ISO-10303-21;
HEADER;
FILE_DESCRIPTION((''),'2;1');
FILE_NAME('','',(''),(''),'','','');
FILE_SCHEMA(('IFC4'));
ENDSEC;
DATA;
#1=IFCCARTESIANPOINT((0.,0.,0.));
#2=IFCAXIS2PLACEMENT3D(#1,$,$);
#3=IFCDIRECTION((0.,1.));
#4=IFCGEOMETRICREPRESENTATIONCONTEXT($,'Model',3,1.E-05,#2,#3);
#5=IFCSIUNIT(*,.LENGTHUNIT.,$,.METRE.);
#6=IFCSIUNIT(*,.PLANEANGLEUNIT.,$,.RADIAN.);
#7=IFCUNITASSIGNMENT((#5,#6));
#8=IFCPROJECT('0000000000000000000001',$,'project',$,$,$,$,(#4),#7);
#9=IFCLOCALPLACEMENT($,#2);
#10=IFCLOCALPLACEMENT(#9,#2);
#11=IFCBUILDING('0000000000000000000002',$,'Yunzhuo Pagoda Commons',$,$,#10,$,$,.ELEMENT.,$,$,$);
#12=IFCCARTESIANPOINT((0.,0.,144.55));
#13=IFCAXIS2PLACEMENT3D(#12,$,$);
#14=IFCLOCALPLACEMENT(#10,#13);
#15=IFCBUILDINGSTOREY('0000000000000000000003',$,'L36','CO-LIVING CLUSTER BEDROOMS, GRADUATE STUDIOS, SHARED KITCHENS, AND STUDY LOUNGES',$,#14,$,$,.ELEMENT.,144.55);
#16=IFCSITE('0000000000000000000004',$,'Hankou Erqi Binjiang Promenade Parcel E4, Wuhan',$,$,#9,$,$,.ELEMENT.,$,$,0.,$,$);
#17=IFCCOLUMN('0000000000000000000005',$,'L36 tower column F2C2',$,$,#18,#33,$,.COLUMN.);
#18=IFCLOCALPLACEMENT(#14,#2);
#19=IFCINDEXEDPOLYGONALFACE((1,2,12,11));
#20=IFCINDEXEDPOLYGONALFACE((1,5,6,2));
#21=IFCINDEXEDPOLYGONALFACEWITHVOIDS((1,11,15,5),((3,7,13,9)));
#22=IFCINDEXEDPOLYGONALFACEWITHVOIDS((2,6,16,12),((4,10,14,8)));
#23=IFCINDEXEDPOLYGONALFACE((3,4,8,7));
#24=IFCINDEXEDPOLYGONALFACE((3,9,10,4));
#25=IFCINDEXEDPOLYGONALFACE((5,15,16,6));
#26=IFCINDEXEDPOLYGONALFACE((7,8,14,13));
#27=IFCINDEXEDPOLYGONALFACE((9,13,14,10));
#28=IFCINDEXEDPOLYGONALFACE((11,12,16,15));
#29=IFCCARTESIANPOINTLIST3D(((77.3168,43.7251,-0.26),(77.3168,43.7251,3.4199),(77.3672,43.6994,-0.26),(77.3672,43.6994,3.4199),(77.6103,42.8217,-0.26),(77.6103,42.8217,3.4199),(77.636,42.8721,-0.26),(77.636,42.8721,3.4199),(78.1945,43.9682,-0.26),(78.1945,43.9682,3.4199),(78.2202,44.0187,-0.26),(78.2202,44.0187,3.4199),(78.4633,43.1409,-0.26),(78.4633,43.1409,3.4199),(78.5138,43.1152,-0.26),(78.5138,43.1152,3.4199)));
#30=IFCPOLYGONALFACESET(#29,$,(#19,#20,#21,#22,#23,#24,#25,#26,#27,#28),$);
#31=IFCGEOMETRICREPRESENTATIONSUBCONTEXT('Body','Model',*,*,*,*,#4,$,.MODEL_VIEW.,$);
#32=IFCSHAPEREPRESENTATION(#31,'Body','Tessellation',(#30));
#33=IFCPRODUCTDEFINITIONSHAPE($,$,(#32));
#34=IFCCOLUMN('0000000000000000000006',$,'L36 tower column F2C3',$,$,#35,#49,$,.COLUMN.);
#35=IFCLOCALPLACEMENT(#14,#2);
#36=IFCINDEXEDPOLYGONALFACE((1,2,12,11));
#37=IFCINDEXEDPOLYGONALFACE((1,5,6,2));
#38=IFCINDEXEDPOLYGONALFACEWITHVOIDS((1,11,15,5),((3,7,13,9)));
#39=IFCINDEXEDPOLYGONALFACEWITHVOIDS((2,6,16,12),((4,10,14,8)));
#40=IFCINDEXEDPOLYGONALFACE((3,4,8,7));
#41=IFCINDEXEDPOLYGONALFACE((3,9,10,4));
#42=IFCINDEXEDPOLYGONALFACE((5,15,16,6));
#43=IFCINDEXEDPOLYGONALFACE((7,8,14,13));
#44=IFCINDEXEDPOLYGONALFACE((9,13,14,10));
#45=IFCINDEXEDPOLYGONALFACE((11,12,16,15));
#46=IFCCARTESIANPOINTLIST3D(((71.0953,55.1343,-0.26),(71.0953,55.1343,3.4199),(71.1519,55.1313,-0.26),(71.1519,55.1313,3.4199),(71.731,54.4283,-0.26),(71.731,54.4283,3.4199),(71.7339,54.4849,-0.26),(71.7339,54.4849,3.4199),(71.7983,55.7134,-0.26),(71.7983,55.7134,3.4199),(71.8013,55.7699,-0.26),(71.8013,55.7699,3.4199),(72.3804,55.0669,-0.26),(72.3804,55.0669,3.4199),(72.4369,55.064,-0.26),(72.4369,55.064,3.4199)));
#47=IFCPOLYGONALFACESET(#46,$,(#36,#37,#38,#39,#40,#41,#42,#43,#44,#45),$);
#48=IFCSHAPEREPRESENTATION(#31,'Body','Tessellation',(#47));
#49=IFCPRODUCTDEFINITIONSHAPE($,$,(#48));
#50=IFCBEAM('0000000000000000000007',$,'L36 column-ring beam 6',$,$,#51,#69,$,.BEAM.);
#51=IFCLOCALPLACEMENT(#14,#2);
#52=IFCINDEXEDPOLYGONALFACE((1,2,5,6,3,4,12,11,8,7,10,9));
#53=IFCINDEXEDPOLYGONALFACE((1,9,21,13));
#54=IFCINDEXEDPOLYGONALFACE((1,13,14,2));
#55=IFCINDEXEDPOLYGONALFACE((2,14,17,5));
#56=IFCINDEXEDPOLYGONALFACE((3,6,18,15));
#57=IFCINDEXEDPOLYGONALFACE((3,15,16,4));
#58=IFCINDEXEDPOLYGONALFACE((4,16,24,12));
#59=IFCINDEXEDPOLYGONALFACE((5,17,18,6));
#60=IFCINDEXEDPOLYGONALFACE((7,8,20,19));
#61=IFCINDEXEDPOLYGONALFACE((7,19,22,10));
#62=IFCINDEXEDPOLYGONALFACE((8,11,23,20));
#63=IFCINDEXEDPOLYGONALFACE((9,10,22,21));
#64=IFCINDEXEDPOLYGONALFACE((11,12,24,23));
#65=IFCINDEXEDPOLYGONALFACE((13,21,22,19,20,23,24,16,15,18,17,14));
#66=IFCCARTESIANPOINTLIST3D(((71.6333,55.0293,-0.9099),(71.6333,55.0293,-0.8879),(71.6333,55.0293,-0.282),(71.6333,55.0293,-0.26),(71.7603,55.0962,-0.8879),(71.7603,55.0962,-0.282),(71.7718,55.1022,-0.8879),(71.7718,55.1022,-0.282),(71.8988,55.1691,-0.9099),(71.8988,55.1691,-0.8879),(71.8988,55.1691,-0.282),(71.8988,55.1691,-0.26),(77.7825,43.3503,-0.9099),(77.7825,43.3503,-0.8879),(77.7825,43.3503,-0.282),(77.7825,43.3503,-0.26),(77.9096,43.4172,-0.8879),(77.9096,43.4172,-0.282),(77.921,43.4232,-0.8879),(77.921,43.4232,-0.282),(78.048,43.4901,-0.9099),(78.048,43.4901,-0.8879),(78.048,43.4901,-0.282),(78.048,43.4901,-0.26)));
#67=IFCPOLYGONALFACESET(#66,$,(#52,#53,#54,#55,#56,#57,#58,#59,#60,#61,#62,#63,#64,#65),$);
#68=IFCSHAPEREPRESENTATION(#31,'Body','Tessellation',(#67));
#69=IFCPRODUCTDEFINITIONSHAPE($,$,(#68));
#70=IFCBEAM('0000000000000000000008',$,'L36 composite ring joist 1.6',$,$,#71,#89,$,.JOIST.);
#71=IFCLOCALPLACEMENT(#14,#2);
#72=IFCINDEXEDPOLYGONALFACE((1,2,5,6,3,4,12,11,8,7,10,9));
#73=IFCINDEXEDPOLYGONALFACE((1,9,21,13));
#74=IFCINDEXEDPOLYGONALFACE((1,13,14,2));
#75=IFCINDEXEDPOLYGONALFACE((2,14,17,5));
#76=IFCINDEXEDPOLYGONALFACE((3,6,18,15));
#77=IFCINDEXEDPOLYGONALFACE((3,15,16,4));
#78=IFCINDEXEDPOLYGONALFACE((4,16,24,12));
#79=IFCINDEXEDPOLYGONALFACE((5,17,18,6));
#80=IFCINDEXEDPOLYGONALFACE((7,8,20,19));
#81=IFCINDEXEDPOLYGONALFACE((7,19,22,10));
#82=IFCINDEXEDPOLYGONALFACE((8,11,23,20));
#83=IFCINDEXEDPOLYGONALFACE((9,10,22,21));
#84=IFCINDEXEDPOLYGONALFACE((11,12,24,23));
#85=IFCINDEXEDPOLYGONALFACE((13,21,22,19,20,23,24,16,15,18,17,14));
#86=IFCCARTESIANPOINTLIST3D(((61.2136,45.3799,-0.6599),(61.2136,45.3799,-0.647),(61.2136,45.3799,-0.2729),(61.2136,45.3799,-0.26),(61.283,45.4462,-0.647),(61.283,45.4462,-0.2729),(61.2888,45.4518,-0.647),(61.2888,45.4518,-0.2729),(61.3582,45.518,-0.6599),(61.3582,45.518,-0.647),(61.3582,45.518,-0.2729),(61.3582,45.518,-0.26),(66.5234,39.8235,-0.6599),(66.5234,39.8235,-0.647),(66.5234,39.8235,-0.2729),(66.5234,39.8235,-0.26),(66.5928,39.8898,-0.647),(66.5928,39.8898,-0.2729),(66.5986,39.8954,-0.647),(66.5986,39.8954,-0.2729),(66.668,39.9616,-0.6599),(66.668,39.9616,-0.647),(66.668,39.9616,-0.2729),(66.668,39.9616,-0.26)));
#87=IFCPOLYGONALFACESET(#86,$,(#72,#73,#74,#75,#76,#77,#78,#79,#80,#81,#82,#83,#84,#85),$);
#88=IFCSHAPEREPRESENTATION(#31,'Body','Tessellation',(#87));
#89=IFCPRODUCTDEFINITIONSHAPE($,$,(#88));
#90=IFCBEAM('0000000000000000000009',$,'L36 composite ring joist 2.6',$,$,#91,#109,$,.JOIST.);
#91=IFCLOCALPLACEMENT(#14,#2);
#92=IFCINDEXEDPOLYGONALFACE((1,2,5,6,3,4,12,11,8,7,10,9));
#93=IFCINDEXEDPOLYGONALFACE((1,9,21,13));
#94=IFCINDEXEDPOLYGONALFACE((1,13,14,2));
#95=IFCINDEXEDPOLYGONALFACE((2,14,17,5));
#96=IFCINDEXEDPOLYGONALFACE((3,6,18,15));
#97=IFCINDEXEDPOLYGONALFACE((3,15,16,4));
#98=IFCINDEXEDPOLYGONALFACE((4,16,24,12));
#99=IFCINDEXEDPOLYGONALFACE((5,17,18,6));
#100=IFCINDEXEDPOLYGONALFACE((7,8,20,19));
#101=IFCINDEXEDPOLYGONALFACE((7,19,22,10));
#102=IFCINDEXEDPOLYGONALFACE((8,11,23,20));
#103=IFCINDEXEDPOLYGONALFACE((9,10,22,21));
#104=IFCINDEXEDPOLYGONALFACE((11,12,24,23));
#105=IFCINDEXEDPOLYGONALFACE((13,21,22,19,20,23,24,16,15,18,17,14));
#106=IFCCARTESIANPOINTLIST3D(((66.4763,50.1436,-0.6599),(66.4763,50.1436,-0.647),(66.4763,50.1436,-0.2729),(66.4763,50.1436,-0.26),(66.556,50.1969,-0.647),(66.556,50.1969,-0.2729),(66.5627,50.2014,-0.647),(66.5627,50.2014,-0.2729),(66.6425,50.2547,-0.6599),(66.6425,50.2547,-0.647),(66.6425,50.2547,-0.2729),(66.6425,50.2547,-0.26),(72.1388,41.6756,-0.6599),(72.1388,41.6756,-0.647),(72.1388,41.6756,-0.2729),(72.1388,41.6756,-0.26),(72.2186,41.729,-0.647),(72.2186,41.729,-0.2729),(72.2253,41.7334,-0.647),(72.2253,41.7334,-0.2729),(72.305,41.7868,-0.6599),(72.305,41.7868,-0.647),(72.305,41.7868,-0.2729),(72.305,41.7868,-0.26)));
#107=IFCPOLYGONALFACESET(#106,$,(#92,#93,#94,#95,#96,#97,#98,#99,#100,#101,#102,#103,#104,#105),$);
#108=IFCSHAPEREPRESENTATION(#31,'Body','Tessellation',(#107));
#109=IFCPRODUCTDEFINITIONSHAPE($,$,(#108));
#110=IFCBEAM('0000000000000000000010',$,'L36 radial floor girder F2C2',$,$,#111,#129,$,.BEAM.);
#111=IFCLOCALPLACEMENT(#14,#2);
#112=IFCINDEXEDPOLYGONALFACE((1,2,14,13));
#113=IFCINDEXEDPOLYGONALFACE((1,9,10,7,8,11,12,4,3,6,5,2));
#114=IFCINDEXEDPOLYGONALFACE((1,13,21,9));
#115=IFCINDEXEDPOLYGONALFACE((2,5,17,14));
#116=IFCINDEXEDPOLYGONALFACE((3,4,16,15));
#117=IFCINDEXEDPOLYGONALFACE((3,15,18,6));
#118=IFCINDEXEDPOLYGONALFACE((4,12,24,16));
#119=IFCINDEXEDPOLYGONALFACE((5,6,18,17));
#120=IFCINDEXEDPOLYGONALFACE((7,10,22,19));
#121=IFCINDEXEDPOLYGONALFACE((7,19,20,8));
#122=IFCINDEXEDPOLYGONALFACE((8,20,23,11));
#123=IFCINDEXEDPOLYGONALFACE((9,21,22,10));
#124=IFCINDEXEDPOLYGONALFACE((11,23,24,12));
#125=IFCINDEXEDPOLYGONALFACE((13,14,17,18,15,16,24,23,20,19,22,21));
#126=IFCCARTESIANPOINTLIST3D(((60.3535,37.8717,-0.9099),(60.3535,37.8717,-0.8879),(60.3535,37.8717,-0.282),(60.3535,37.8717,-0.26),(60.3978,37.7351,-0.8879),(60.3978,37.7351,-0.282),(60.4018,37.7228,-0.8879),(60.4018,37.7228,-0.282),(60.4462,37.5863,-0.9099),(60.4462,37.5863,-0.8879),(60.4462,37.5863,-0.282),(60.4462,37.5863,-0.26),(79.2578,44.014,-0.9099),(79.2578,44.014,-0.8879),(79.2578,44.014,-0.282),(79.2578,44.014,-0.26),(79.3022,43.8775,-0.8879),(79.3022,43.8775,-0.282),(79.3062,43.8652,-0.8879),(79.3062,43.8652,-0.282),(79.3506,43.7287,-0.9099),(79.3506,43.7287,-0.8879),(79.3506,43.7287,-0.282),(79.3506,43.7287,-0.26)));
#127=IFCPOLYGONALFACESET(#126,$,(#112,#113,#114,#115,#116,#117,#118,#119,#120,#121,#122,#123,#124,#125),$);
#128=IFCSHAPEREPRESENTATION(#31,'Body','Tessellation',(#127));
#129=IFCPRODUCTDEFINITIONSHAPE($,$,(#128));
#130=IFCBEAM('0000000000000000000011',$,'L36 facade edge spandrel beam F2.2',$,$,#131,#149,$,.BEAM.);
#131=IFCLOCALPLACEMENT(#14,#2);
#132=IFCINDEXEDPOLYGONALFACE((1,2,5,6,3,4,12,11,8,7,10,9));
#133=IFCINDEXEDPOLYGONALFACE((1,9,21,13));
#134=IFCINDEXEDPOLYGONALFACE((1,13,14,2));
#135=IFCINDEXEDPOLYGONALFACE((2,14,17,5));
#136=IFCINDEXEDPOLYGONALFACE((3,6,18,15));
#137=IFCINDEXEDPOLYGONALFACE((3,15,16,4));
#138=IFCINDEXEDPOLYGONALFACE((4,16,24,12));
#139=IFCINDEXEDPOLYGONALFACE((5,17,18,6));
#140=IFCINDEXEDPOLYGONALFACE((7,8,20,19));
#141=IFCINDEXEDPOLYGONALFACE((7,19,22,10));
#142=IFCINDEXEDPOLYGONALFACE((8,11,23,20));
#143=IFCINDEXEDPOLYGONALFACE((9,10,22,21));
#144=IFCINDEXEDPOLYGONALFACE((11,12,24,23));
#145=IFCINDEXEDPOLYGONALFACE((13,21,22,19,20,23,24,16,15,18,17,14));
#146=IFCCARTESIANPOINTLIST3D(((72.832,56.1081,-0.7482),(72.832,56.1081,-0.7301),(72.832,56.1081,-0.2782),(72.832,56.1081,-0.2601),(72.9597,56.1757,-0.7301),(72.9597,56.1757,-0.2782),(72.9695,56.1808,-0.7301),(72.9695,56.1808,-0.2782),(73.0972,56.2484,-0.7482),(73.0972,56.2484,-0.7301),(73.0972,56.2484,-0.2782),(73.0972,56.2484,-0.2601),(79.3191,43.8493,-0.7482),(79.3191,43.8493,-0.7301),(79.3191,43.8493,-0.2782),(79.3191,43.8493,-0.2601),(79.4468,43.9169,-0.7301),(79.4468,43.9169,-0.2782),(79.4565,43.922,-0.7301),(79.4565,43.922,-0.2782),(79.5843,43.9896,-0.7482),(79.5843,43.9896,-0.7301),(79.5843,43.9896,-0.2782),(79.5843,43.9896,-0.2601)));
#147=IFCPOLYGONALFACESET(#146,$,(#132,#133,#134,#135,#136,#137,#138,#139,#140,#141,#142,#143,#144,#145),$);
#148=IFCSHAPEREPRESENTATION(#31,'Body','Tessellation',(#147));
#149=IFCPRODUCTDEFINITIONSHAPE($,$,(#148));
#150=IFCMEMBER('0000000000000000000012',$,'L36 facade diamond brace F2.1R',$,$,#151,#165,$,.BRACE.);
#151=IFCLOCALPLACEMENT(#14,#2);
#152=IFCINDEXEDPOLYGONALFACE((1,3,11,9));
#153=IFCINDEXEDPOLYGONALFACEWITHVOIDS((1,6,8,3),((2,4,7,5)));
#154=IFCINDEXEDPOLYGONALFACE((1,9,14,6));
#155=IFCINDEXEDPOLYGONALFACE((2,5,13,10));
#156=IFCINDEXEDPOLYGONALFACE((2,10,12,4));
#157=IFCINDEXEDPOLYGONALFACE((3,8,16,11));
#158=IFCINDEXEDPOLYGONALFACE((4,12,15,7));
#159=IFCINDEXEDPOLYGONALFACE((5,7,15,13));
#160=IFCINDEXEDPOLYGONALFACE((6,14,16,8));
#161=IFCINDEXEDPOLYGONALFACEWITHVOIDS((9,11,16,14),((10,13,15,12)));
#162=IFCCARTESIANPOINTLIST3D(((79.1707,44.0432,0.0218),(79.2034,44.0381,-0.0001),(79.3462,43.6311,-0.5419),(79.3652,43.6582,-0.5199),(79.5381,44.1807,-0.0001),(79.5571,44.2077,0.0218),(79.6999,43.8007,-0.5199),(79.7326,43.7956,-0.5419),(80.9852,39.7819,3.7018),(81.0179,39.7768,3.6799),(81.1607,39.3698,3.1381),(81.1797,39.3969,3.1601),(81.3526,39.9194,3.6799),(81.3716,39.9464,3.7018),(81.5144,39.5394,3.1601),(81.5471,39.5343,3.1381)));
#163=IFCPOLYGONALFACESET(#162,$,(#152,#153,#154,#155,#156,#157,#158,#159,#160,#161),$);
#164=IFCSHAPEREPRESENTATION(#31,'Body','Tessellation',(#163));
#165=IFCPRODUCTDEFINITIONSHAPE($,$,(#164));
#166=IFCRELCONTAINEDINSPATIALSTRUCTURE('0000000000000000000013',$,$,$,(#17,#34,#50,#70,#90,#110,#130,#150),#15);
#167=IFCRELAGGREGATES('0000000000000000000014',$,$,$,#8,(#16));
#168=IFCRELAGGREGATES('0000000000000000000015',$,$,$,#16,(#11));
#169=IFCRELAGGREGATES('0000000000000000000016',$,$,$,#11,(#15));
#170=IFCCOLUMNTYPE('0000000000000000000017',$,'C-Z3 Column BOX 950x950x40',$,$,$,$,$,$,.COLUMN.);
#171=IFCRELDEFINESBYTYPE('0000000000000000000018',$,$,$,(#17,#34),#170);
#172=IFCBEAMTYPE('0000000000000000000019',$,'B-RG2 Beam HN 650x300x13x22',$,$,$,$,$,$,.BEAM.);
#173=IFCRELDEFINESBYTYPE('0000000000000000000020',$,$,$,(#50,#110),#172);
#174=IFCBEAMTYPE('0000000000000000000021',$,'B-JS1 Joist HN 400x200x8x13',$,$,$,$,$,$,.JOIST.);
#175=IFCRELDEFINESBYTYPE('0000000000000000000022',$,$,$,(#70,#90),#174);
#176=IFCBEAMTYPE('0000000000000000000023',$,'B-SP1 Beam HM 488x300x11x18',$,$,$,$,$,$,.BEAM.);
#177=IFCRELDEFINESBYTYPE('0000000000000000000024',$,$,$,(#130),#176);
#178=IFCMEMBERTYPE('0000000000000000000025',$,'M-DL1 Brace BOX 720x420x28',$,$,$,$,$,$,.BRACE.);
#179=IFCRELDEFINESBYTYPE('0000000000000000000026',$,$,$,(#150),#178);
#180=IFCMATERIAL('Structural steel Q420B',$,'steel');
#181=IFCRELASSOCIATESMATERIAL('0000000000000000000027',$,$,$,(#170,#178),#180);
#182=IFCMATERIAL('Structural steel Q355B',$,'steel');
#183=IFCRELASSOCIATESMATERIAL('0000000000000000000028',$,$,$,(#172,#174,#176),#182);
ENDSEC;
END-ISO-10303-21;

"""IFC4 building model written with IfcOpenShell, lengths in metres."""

from ifc_helpers import new_model, si_unit, direction, frame, origin, origin_2d, place, context, subcontext, project, spatial, hollow_rectangle, i_section, extrude, source, transform, mapped, material, material_profile, profile_set, type_object, element, save


model = new_model("IFC4")

# Units and contexts
model_context = context("Model", 3, precision=1e-05, world=origin(), true_north=direction((0.0, 1.0)))
body_context = subcontext(model_context, "Body", "Model", "MODEL_VIEW")
ifc_project = project(units=[si_unit("LENGTHUNIT", "METRE"), si_unit("PLANEANGLEUNIT", "RADIAN")], contexts=[model_context])

# Site, building, storey
site_placement = place(None, origin())
site = spatial("IfcSite", under=ifc_project, at=site_placement, Name="Hankou Erqi Binjiang Promenade Parcel E4, Wuhan", CompositionType="ELEMENT", RefElevation=0.0)
building_placement = place(site_placement, origin())
building = spatial("IfcBuilding", under=site, at=building_placement, Name="Yunzhuo Pagoda Commons", CompositionType="ELEMENT")
storey_placement = place(building_placement, frame((0.0, 0.0, 144.55)))
storey = spatial("IfcBuildingStorey", under=building, at=storey_placement, Name="L36", Description="CO-LIVING CLUSTER BEDROOMS, GRADUATE STUDIOS, SHARED KITCHENS, AND STUDY LOUNGES", CompositionType="ELEMENT", Elevation=144.55)

# Columns
ifc_material_1 = material(Name="Structural steel Q420B", Category="steel")
ifc_material_profile_1 = material_profile(ifc_material_1, hollow_rectangle(XDim=0.95, YDim=0.95, WallThickness=0.04, at=origin_2d()), Name="Structural steel Q420B")
ifc_profile_set_1 = profile_set([ifc_material_profile_1], Name="Structural steel Q420B")
column_type = type_object("IfcColumnType", Name="C-Z3 Column BOX 950x950x40", PredefinedType="COLUMN", material=ifc_profile_set_1)
shared_shape_1 = source(origin(), body_context, "Body", "SweptSolid", [
    extrude(hollow_rectangle(XDim=0.95, YDim=0.95, WallThickness=0.04, at=origin_2d()), origin(), (0.0, 0.0, 1.0), 3.6799),
])
for number, where, z_axis, x_axis, name in (
    (1, (77.9153, 43.4202, -0.26), (0.0, 0.0, 1.0), (-0.309017, 0.951057, 0.0), "L36 tower column F2C2"),
    (2, (71.7661, 55.0991, -0.26), (0.0, 0.0, 1.0), (-0.669131, 0.743145, 0.0), "L36 tower column F2C3"),
):
    element("IfcColumn", number, at=place(storey_placement, frame(where, z_axis=z_axis, x_axis=x_axis)), inside=storey, type_object=column_type, Name=name, PredefinedType="COLUMN", context=body_context, shape_type="MappedRepresentation", body=[
        mapped(shared_shape_1, transform((0.0, 0.0, 0.0), scale=1.0)),
    ])

# Beams
ifc_material_2 = material(Name="Structural steel Q355B", Category="steel")
ifc_material_profile_2 = material_profile(ifc_material_2, i_section(OverallWidth=0.3, OverallDepth=0.6499, WebThickness=0.0129, FlangeThickness=0.022, at=origin_2d()), Name="Structural steel Q355B")
ifc_profile_set_2 = profile_set([ifc_material_profile_2], Name="Structural steel Q355B")
beam_type_1 = type_object("IfcBeamType", Name="B-RG2 Beam HN 650x300x13x22", PredefinedType="BEAM", material=ifc_profile_set_2)
shared_shape_2 = source(origin(), body_context, "Body", "SweptSolid", [
    extrude(i_section(OverallWidth=0.3, OverallDepth=0.6499, WebThickness=0.0129, FlangeThickness=0.022, at=origin_2d()), origin(), (0.0, 0.0, 1.0), 13.199),
])
beam_1_placement = place(storey_placement, frame((77.9153, 43.4202, -0.585), z_axis=(-0.465886, 0.884845, 0.0), x_axis=(-0.884845, -0.465886, 0.0)))
element("IfcBeam", 3, at=beam_1_placement, inside=storey, type_object=beam_type_1, Name="L36 column-ring beam 6", PredefinedType="BEAM", context=body_context, shape_type="MappedRepresentation", body=[
    mapped(shared_shape_2, transform((0.0, 0.0, 0.0), scale=1.0)),
])
ifc_material_profile_3 = material_profile(ifc_material_2, i_section(OverallWidth=0.2, OverallDepth=0.3999, WebThickness=0.0081, FlangeThickness=0.0129, at=origin_2d()), Name="Structural steel Q355B")
ifc_profile_set_3 = profile_set([ifc_material_profile_3], Name="Structural steel Q355B")
beam_type_2 = type_object("IfcBeamType", Name="B-JS1 Joist HN 400x200x8x13", PredefinedType="JOIST", material=ifc_profile_set_3)
shared_shape_3 = source(origin(), body_context, "Body", "SweptSolid", [
    extrude(i_section(OverallWidth=0.2, OverallDepth=0.3999, WebThickness=0.0081, FlangeThickness=0.0129, at=origin_2d()), origin(), (0.0, 0.0, 1.0), 7.6855),
])
beam_2_placement = place(storey_placement, frame((66.5957, 39.8926, -0.46), z_axis=(-0.690883, 0.722967, 0.0), x_axis=(-0.722967, -0.690883, 0.0)))
element("IfcBeam", 4, at=beam_2_placement, inside=storey, type_object=beam_type_2, Name="L36 composite ring joist 1.6", PredefinedType="JOIST", context=body_context, shape_type="MappedRepresentation", body=[
    mapped(shared_shape_3, transform((0.0, 0.0, 0.0), scale=1.0)),
])
shared_shape_4 = source(origin(), body_context, "Body", "SweptSolid", [
    extrude(i_section(OverallWidth=0.2, OverallDepth=0.3999, WebThickness=0.0081, FlangeThickness=0.0129, at=origin_2d()), origin(), (0.0, 0.0, 1.0), 10.1868),
])
beam_3_placement = place(storey_placement, frame((72.2219, 41.7312, -0.46), z_axis=(-0.555872, 0.831268, 0.0), x_axis=(-0.831268, -0.555872, 0.0)))
element("IfcBeam", 5, at=beam_3_placement, inside=storey, type_object=beam_type_2, Name="L36 composite ring joist 2.6", PredefinedType="JOIST", context=body_context, shape_type="MappedRepresentation", body=[
    mapped(shared_shape_4, transform((0.0, 0.0, 0.0), scale=1.0)),
])
shared_shape_5 = source(origin(), body_context, "Body", "SweptSolid", [
    extrude(i_section(OverallWidth=0.3, OverallDepth=0.6499, WebThickness=0.0129, FlangeThickness=0.022, at=origin_2d()), origin(), (0.0, 0.0, 1.0), 19.8772),
])
beam_4_placement = place(storey_placement, frame((79.3042, 43.8713, -0.585), z_axis=(-0.951057, -0.309015, 0.0), x_axis=(0.309015, -0.951057, 0.0)))
element("IfcBeam", 6, at=beam_4_placement, inside=storey, type_object=beam_type_1, Name="L36 radial floor girder F2C2", PredefinedType="BEAM", context=body_context, shape_type="MappedRepresentation", body=[
    mapped(shared_shape_5, transform((0.0, 0.0, 0.0), scale=1.0)),
])
ifc_material_profile_4 = material_profile(ifc_material_2, i_section(OverallWidth=0.3, OverallDepth=0.488, WebThickness=0.011, FlangeThickness=0.0181, at=origin_2d()), Name="Structural steel Q355B")
ifc_profile_set_4 = profile_set([ifc_material_profile_4], Name="Structural steel Q355B")
beam_type_3 = type_object("IfcBeamType", Name="B-SP1 Beam HM 488x300x11x18", PredefinedType="BEAM", material=ifc_profile_set_4)
shared_shape_6 = source(origin(), body_context, "Body", "SweptSolid", [
    extrude(i_section(OverallWidth=0.3, OverallDepth=0.488, WebThickness=0.011, FlangeThickness=0.0181, at=origin_2d()), origin(), (0.0, 0.0, 1.0), 13.8694),
])
beam_5_placement = place(storey_placement, frame((79.4517, 43.9194, -0.5042), z_axis=(-0.467725, 0.883874, 0.0), x_axis=(-0.883874, -0.467725, 0.0)))
element("IfcBeam", 7, at=beam_5_placement, inside=storey, type_object=beam_type_3, Name="L36 facade edge spandrel beam F2.2", PredefinedType="BEAM", context=body_context, shape_type="MappedRepresentation", body=[
    mapped(shared_shape_6, transform((0.0, 0.0, 0.0), scale=1.0)),
])

# Member
ifc_material_profile_5 = material_profile(ifc_material_1, hollow_rectangle(XDim=0.4199, YDim=0.72, WallThickness=0.0281, at=origin_2d()), Name="Structural steel Q420B")
ifc_profile_set_5 = profile_set([ifc_material_profile_5], Name="Structural steel Q420B")
member_type_1 = type_object("IfcMemberType", Name="M-DL1 Brace BOX 720x420x28", PredefinedType="BRACE", material=ifc_profile_set_5)
shared_shape_7 = source(origin(), body_context, "Body", "SweptSolid", [
    extrude(hollow_rectangle(XDim=0.4199, YDim=0.72, WallThickness=0.0281, at=origin_2d()), origin(), (0.0, 0.0, 1.0), 5.9155),
])
member_1_placement = place(storey_placement, frame((79.4517, 43.9194, -0.26), z_axis=(0.306733, -0.720359, 0.622091), x_axis=(0.920064, 0.391768, 0.0)))
element("IfcMember", 8, at=member_1_placement, inside=storey, type_object=member_type_1, Name="L36 facade diamond brace F2.1R", PredefinedType="BRACE", context=body_context, shape_type="MappedRepresentation", body=[
    mapped(shared_shape_7, transform((0.0, 0.0, 0.0), scale=1.0)),
])

save(model, "model.ifc")
